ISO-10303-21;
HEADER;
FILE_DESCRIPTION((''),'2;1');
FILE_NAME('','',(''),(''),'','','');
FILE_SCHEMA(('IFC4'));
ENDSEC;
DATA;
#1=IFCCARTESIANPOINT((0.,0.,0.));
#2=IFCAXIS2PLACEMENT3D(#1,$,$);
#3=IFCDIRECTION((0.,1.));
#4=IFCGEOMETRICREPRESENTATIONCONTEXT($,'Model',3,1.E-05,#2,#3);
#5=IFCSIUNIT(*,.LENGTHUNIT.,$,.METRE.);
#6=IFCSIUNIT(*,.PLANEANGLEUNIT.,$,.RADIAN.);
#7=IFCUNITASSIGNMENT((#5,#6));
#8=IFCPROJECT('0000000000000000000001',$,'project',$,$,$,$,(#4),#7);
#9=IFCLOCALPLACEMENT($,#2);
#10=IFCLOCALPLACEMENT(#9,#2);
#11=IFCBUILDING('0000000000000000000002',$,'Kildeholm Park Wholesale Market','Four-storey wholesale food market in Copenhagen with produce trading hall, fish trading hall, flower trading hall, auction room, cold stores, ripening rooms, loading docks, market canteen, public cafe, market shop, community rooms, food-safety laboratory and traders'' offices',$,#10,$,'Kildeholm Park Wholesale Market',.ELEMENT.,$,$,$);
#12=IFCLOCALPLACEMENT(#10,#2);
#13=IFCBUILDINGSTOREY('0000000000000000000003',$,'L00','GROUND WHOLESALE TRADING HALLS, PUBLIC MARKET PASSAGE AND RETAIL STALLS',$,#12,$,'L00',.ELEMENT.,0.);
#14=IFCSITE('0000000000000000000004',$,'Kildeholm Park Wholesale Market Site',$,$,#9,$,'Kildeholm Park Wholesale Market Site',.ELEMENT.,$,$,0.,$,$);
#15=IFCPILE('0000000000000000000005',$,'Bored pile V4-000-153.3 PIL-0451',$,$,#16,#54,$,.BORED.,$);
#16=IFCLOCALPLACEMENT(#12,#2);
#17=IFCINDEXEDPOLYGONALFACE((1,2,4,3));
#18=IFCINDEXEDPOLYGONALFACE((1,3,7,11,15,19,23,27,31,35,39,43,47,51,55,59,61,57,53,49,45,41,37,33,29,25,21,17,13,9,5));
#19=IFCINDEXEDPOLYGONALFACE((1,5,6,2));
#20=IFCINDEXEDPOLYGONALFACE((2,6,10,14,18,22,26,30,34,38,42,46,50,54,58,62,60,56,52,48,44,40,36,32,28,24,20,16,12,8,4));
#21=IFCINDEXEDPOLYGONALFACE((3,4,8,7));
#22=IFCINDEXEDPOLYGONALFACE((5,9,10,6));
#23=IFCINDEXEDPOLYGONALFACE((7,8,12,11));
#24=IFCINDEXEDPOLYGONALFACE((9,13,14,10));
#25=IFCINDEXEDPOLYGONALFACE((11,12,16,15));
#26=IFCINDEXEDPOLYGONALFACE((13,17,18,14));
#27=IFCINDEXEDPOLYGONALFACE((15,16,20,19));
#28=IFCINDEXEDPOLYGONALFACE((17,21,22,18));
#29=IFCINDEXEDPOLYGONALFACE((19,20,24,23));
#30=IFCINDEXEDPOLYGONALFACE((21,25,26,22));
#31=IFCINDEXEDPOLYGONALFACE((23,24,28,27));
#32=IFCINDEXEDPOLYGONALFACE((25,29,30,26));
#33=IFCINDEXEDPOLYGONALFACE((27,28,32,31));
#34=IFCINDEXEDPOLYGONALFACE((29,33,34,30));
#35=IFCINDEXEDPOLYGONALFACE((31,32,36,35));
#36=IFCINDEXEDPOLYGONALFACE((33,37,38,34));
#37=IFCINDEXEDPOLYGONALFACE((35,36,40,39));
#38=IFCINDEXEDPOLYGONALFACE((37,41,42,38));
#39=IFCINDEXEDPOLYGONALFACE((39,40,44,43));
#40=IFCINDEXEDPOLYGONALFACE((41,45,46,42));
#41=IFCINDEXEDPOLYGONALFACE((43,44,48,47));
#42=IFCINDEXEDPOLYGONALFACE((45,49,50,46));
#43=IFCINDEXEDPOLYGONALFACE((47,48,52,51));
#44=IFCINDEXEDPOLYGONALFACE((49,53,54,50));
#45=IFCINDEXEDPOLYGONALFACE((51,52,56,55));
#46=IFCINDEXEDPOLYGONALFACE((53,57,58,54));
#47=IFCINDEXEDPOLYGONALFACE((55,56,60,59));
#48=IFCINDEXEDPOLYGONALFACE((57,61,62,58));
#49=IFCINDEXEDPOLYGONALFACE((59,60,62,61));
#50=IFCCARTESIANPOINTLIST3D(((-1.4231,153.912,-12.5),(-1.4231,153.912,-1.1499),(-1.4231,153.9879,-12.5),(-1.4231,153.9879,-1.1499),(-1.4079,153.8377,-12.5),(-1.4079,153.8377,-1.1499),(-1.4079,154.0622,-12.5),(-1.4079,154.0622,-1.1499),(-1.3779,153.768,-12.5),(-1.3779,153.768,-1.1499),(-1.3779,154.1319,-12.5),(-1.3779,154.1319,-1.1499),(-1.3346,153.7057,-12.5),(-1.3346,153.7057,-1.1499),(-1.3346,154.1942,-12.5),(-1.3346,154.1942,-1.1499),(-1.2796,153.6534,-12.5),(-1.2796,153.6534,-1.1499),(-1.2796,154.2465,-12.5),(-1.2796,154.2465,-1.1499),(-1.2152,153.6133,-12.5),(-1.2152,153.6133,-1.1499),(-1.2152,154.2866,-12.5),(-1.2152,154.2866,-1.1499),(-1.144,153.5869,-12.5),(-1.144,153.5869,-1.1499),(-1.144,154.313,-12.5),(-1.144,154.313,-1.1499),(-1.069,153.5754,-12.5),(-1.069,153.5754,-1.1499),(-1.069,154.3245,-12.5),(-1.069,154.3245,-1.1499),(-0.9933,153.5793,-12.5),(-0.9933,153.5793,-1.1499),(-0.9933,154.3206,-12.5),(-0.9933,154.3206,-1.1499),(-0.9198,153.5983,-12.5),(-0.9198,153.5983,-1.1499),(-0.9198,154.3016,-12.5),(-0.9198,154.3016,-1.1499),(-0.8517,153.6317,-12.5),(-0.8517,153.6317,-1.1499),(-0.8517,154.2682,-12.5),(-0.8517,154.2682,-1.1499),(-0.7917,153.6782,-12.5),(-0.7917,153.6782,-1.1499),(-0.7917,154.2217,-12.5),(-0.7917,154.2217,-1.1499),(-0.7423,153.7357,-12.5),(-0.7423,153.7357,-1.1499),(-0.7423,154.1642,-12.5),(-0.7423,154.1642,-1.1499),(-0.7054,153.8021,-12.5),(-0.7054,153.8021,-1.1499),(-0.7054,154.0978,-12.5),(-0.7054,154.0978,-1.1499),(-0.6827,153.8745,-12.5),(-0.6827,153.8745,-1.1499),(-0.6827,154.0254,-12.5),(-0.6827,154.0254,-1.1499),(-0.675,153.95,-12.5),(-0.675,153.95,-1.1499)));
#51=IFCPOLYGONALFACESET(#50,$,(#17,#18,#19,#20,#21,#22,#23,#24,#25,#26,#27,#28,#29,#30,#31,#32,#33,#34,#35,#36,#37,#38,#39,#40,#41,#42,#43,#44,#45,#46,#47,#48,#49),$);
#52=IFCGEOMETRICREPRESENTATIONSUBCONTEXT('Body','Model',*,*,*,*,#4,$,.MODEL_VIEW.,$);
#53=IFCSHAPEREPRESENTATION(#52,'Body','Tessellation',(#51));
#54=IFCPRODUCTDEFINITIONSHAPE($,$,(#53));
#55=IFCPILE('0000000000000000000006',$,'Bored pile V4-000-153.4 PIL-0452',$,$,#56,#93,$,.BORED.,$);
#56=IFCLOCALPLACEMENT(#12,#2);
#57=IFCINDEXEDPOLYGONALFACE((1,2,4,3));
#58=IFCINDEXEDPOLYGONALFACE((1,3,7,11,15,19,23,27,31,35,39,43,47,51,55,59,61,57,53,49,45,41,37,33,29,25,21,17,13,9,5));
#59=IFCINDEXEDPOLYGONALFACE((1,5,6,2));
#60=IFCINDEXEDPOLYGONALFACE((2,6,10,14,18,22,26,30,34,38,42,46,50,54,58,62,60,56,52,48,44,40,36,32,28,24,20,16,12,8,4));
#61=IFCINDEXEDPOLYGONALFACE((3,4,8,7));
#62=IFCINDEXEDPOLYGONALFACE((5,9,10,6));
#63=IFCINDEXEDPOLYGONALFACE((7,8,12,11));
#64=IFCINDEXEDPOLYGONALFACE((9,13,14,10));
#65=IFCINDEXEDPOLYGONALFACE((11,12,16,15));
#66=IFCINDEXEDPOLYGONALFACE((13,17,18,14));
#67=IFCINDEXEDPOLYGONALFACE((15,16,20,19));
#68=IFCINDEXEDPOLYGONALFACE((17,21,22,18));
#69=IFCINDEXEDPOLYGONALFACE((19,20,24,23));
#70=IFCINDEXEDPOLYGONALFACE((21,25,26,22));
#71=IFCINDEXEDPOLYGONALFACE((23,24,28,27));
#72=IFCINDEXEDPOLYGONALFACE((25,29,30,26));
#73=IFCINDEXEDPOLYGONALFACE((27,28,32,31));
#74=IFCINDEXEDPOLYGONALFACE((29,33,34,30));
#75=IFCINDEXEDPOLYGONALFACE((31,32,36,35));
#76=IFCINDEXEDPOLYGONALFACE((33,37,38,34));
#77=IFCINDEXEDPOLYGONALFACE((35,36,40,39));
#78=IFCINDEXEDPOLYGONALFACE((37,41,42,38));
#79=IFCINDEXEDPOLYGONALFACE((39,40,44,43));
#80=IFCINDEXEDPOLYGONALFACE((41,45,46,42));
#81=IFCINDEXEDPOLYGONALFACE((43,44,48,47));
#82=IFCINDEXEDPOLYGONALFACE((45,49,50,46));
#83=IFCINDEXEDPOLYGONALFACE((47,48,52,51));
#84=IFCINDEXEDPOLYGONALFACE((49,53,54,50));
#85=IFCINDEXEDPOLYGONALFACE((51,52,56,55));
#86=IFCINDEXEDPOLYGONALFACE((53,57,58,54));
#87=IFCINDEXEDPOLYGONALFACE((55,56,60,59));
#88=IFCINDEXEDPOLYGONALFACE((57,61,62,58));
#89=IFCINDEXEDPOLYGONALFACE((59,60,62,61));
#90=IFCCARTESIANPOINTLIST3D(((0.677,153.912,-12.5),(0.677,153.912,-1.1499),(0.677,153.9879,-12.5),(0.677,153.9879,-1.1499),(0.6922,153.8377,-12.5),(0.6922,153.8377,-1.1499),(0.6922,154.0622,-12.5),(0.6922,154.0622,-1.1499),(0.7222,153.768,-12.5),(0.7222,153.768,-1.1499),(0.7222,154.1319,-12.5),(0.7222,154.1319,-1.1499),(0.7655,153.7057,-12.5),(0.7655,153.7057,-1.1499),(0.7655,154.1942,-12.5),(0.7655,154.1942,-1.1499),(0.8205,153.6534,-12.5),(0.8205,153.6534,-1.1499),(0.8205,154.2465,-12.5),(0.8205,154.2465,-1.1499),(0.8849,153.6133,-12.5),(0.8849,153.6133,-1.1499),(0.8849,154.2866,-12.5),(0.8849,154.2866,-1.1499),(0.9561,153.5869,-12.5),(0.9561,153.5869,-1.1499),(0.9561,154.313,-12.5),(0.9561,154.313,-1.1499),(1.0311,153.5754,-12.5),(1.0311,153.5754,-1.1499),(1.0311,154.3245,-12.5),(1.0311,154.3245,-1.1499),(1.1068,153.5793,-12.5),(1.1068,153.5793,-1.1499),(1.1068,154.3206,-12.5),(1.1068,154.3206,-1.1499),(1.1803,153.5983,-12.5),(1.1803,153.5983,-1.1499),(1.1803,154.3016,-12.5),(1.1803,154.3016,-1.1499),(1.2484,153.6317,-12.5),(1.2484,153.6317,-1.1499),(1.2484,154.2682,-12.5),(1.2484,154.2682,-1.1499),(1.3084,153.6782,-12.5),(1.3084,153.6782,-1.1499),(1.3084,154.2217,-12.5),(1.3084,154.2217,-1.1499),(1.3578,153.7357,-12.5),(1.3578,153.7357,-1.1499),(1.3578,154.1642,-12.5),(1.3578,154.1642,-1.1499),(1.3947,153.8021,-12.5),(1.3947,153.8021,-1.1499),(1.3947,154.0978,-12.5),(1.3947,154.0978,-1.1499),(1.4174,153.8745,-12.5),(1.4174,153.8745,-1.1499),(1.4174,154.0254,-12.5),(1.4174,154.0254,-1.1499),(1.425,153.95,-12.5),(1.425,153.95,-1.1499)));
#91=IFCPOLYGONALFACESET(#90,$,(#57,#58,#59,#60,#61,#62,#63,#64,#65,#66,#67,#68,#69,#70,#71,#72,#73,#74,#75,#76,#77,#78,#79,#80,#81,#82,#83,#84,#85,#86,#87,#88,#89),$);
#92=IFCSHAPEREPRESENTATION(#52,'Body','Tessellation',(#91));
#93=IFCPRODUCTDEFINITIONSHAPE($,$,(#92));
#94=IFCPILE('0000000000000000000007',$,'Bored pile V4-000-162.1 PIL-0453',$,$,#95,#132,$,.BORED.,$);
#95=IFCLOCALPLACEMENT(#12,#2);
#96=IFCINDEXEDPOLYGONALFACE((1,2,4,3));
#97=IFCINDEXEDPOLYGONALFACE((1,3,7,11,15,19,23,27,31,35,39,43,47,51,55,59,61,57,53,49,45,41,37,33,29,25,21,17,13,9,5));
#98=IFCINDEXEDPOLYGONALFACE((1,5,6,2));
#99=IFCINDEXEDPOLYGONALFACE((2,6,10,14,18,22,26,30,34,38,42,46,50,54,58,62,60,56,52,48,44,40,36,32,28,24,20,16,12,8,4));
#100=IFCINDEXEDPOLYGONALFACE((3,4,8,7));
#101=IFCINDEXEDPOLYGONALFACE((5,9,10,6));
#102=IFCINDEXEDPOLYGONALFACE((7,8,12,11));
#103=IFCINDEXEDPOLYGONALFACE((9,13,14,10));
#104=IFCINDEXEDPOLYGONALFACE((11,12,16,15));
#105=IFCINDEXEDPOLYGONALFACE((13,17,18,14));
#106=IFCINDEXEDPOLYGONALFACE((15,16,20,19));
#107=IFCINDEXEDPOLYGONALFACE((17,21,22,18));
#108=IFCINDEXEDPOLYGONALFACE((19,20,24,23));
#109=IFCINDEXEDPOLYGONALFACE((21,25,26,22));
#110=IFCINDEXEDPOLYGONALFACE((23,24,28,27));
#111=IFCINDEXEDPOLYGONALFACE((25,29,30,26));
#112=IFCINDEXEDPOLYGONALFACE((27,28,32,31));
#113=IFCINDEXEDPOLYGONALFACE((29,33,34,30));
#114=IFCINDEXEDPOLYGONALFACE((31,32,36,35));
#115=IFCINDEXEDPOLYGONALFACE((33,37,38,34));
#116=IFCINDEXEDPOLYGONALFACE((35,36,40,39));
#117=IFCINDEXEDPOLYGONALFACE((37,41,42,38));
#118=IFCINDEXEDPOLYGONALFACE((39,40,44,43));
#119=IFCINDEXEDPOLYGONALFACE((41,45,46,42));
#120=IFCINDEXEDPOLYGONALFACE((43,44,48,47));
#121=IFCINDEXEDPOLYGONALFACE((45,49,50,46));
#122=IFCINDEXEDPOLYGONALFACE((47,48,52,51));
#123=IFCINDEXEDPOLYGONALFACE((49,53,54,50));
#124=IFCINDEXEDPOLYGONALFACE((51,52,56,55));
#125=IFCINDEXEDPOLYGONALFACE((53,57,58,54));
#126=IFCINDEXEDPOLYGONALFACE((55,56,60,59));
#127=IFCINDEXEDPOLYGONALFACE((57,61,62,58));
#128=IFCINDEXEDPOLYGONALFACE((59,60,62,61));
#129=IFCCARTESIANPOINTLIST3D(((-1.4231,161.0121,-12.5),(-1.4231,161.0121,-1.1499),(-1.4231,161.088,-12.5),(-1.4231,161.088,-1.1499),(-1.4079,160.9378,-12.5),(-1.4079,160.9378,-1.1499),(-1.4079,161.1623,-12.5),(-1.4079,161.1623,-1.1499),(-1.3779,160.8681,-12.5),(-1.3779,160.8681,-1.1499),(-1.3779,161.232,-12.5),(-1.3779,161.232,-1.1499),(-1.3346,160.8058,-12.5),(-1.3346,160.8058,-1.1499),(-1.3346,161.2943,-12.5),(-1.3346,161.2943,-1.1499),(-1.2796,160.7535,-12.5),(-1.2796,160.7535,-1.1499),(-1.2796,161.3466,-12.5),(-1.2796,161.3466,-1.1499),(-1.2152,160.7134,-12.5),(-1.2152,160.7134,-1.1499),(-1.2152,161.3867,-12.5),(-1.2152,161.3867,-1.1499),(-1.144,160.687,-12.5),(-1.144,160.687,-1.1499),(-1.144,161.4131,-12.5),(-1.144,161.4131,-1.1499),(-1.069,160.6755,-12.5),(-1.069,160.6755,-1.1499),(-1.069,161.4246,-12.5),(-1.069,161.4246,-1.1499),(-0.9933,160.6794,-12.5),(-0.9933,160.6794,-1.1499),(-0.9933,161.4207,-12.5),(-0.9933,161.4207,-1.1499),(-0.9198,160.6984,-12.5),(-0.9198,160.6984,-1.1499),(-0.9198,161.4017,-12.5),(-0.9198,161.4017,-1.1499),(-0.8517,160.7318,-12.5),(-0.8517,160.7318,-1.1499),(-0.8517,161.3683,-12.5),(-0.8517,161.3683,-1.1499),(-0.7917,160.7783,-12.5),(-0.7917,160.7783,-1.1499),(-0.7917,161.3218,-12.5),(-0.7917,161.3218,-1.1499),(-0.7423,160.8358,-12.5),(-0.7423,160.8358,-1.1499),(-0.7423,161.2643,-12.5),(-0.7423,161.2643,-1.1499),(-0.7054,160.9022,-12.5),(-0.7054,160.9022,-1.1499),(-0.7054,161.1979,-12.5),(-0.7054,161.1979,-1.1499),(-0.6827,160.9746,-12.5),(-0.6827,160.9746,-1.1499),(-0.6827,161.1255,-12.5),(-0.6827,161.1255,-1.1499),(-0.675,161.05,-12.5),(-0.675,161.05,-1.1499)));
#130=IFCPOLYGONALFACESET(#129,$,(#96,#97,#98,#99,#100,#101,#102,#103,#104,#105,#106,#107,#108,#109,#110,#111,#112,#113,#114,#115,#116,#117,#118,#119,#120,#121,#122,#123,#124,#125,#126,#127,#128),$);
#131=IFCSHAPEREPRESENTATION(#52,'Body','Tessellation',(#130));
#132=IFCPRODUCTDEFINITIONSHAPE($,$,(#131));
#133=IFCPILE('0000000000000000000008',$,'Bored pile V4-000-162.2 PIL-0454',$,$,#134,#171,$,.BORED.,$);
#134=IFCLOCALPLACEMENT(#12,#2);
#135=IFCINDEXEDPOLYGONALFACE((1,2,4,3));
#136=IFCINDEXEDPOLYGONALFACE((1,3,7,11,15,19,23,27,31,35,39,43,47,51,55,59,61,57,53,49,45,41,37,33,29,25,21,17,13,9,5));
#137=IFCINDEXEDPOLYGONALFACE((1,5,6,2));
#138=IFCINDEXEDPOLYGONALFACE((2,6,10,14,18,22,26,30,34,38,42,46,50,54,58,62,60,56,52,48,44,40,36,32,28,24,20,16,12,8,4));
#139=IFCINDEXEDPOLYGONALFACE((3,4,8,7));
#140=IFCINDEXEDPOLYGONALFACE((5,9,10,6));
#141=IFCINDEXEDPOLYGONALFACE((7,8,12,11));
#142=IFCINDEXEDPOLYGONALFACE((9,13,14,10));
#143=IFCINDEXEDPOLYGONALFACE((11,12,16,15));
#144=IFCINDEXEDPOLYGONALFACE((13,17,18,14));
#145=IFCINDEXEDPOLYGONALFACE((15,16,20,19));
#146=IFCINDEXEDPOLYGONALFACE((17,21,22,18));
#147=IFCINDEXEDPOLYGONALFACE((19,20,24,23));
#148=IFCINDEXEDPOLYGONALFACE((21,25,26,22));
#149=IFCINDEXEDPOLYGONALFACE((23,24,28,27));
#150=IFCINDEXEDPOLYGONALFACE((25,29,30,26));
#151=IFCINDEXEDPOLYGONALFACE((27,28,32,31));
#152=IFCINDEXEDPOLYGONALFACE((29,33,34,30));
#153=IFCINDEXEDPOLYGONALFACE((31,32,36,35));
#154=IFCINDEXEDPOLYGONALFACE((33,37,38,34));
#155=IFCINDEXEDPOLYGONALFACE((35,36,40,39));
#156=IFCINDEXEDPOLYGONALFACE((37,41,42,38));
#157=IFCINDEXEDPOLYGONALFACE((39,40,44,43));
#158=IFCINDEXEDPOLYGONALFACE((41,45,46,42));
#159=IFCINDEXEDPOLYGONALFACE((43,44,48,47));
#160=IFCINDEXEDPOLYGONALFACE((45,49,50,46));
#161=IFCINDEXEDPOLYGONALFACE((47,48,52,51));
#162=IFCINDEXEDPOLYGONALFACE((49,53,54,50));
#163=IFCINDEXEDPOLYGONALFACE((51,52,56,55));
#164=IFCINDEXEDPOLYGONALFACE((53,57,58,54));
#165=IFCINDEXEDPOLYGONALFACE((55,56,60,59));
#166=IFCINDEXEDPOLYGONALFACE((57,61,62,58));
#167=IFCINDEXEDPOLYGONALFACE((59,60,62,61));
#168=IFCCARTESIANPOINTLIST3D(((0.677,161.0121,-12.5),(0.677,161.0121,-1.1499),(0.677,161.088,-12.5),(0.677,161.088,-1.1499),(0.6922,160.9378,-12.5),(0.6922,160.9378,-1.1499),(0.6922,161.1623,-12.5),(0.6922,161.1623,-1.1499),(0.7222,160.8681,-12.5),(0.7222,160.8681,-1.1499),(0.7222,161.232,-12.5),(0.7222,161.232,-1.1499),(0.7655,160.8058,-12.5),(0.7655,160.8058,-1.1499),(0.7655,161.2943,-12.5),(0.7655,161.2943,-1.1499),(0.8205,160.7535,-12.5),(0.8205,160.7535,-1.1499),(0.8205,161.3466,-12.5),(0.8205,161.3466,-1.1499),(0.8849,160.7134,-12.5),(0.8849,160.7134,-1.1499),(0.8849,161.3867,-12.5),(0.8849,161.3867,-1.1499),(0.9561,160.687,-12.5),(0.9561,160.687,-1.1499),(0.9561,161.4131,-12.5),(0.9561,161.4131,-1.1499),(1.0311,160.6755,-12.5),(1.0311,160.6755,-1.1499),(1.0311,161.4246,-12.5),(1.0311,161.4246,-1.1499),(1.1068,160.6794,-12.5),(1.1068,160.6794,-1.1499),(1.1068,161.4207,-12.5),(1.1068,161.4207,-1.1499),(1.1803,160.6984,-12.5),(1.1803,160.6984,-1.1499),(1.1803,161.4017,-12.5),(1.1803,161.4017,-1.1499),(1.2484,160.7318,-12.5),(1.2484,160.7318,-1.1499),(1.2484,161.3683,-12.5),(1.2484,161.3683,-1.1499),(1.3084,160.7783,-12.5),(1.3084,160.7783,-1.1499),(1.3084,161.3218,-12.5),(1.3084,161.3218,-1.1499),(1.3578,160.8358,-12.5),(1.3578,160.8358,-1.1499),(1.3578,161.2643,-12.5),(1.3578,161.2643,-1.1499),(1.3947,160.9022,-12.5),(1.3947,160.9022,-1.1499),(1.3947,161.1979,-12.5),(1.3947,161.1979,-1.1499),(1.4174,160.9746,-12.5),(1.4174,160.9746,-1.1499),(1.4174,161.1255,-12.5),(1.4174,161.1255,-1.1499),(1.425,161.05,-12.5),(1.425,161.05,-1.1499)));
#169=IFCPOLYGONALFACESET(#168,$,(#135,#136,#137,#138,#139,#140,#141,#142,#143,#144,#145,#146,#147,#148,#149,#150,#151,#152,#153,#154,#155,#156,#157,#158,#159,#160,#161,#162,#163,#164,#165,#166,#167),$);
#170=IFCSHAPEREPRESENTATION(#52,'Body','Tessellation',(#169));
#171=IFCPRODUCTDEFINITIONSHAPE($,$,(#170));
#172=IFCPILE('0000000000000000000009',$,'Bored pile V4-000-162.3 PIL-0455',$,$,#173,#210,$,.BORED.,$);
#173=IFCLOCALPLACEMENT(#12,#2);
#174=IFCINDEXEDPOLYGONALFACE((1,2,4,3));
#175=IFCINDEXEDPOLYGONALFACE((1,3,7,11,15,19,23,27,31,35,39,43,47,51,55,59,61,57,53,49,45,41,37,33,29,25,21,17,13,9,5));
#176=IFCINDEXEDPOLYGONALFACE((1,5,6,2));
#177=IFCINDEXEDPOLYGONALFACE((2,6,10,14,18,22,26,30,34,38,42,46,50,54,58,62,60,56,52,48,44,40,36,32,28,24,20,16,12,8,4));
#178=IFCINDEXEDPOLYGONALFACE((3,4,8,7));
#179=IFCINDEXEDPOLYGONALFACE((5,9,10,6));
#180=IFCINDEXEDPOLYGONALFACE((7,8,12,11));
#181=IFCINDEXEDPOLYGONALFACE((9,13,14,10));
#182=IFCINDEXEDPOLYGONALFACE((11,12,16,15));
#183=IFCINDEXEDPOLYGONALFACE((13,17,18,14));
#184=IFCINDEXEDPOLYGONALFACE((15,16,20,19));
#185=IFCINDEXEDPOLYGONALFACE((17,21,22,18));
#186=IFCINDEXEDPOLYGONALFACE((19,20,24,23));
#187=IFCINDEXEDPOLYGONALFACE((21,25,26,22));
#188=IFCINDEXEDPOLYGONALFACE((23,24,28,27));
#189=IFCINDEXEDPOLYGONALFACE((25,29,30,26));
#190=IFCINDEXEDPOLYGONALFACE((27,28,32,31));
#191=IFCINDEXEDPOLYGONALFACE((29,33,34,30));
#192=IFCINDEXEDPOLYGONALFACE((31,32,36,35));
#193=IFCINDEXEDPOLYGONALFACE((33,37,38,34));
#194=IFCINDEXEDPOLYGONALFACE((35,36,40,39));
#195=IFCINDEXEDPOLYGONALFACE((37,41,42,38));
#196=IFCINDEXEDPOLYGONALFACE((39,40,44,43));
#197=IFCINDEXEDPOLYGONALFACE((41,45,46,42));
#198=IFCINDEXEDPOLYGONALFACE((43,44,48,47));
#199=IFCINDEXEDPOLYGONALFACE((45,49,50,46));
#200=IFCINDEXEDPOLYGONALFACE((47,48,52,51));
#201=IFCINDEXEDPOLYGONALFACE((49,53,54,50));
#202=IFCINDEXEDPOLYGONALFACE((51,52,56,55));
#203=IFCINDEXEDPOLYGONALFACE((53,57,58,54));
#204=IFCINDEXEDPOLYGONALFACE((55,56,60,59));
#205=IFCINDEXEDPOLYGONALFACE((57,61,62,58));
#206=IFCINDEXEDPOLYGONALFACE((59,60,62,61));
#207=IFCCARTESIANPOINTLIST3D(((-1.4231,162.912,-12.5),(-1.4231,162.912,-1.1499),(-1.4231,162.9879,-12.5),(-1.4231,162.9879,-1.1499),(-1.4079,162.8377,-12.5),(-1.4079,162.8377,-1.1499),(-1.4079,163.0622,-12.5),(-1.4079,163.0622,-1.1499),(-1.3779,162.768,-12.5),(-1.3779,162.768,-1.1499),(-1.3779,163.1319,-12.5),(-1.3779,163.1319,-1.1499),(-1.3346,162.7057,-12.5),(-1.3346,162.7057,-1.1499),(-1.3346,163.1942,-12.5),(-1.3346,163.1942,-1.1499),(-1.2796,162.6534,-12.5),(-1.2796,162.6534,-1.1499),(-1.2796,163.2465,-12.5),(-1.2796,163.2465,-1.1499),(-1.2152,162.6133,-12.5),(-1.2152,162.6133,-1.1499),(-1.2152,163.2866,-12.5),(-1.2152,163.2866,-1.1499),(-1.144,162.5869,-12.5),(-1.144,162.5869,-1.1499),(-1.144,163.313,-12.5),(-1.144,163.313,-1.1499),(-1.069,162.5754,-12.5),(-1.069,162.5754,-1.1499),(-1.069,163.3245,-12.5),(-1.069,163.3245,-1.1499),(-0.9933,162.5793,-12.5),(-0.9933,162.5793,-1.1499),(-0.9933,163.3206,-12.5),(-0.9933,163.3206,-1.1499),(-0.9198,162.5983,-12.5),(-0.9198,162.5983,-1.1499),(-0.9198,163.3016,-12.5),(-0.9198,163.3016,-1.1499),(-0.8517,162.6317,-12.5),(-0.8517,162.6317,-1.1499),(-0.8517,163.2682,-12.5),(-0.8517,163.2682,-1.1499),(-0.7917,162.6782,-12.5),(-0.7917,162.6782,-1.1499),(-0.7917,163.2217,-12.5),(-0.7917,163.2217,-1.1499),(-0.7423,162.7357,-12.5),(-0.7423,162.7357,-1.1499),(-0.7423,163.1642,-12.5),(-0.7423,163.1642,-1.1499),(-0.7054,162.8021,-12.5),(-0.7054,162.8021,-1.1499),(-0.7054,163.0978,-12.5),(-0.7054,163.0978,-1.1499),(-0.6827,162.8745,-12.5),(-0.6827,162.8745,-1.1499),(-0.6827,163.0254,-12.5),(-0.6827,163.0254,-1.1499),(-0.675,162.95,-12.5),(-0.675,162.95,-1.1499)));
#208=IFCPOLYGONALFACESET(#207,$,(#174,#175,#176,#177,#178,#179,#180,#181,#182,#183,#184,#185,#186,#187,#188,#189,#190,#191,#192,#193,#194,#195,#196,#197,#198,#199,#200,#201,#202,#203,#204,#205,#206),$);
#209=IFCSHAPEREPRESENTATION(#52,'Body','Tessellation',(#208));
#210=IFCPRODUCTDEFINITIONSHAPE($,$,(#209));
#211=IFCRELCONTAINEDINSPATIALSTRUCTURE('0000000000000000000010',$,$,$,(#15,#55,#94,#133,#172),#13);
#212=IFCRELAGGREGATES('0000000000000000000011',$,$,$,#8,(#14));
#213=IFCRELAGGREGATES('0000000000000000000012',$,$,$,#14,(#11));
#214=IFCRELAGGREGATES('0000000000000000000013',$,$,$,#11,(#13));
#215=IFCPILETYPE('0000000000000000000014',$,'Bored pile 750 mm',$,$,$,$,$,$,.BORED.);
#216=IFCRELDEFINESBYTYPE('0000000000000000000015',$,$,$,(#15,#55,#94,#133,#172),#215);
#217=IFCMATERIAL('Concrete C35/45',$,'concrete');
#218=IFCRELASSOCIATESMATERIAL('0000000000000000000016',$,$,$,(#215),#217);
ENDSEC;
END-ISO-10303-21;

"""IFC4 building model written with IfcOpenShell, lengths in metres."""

from ifc_helpers import new_model, si_unit, direction, frame, origin, origin_2d, place, context, subcontext, project, spatial, circle, extrude, material, material_profile, profile_set, type_object, element, save


model = new_model("IFC4")

# Units and contexts
model_context = context("Model", 3, precision=1e-05, world=origin(), true_north=direction((0.0, 1.0)))
body_context = subcontext(model_context, "Body", "Model", "MODEL_VIEW")
ifc_project = project(units=[si_unit("LENGTHUNIT", "METRE"), si_unit("PLANEANGLEUNIT", "RADIAN")], contexts=[model_context])

# Site, building, storey
site_placement = place(None, origin())
site = spatial("IfcSite", under=ifc_project, at=site_placement, Name="Kildeholm Park Wholesale Market Site", LongName="Kildeholm Park Wholesale Market Site", CompositionType="ELEMENT", RefElevation=0.0)
building_placement = place(site_placement, origin())
building = spatial("IfcBuilding", under=site, at=building_placement, Name="Kildeholm Park Wholesale Market", Description="Four-storey wholesale food market in Copenhagen with produce trading hall, fish trading hall, flower trading hall, auction room, cold stores, ripening rooms, loading docks, market canteen, public cafe, market shop, community rooms, food-safety laboratory and traders' offices", LongName="Kildeholm Park Wholesale Market", CompositionType="ELEMENT")
storey_placement = place(building_placement, origin())
storey = spatial("IfcBuildingStorey", under=building, at=storey_placement, Name="L00", Description="GROUND WHOLESALE TRADING HALLS, PUBLIC MARKET PASSAGE AND RETAIL STALLS", LongName="L00", CompositionType="ELEMENT", Elevation=0.0)

# Piles
ifc_material_1 = material(Name="Concrete C35/45", Category="concrete")
ifc_material_profile_1 = material_profile(ifc_material_1, circle(Radius=0.375, at=origin_2d()), Name="PILE D750")
ifc_profile_set_1 = profile_set([ifc_material_profile_1], Name="Concrete C35/45")
pile_type = type_object("IfcPileType", Name="Bored pile 750 mm", PredefinedType="BORED", material=ifc_profile_set_1)
for number, where, z_axis, x_axis, name in (
    (1, (-1.05, 153.95, -1.1499), (0.0, 0.0, -1.0), (1.0, 0.0, 0.0), "Bored pile V4-000-153.3 PIL-0451"),
    (2, (1.05, 153.95, -1.1499), (0.0, 0.0, -1.0), (1.0, 0.0, 0.0), "Bored pile V4-000-153.4 PIL-0452"),
    (3, (-1.05, 161.05, -1.1499), (0.0, 0.0, -1.0), (1.0, 0.0, 0.0), "Bored pile V4-000-162.1 PIL-0453"),
    (4, (1.05, 161.05, -1.1499), (0.0, 0.0, -1.0), (1.0, 0.0, 0.0), "Bored pile V4-000-162.2 PIL-0454"),
    (5, (-1.05, 162.95, -1.1499), (0.0, 0.0, -1.0), (1.0, 0.0, 0.0), "Bored pile V4-000-162.3 PIL-0455"),
):
    element("IfcPile", number, at=place(storey_placement, frame(where, z_axis=z_axis, x_axis=x_axis)), inside=storey, type_object=pile_type, Name=name, PredefinedType="BORED", context=body_context, shape_type="SweptSolid", body=[
        extrude(circle(Radius=0.375, at=origin_2d()), origin(), (0.0, 0.0, 1.0), 11.3501),
    ])

save(model, "model.ifc")
